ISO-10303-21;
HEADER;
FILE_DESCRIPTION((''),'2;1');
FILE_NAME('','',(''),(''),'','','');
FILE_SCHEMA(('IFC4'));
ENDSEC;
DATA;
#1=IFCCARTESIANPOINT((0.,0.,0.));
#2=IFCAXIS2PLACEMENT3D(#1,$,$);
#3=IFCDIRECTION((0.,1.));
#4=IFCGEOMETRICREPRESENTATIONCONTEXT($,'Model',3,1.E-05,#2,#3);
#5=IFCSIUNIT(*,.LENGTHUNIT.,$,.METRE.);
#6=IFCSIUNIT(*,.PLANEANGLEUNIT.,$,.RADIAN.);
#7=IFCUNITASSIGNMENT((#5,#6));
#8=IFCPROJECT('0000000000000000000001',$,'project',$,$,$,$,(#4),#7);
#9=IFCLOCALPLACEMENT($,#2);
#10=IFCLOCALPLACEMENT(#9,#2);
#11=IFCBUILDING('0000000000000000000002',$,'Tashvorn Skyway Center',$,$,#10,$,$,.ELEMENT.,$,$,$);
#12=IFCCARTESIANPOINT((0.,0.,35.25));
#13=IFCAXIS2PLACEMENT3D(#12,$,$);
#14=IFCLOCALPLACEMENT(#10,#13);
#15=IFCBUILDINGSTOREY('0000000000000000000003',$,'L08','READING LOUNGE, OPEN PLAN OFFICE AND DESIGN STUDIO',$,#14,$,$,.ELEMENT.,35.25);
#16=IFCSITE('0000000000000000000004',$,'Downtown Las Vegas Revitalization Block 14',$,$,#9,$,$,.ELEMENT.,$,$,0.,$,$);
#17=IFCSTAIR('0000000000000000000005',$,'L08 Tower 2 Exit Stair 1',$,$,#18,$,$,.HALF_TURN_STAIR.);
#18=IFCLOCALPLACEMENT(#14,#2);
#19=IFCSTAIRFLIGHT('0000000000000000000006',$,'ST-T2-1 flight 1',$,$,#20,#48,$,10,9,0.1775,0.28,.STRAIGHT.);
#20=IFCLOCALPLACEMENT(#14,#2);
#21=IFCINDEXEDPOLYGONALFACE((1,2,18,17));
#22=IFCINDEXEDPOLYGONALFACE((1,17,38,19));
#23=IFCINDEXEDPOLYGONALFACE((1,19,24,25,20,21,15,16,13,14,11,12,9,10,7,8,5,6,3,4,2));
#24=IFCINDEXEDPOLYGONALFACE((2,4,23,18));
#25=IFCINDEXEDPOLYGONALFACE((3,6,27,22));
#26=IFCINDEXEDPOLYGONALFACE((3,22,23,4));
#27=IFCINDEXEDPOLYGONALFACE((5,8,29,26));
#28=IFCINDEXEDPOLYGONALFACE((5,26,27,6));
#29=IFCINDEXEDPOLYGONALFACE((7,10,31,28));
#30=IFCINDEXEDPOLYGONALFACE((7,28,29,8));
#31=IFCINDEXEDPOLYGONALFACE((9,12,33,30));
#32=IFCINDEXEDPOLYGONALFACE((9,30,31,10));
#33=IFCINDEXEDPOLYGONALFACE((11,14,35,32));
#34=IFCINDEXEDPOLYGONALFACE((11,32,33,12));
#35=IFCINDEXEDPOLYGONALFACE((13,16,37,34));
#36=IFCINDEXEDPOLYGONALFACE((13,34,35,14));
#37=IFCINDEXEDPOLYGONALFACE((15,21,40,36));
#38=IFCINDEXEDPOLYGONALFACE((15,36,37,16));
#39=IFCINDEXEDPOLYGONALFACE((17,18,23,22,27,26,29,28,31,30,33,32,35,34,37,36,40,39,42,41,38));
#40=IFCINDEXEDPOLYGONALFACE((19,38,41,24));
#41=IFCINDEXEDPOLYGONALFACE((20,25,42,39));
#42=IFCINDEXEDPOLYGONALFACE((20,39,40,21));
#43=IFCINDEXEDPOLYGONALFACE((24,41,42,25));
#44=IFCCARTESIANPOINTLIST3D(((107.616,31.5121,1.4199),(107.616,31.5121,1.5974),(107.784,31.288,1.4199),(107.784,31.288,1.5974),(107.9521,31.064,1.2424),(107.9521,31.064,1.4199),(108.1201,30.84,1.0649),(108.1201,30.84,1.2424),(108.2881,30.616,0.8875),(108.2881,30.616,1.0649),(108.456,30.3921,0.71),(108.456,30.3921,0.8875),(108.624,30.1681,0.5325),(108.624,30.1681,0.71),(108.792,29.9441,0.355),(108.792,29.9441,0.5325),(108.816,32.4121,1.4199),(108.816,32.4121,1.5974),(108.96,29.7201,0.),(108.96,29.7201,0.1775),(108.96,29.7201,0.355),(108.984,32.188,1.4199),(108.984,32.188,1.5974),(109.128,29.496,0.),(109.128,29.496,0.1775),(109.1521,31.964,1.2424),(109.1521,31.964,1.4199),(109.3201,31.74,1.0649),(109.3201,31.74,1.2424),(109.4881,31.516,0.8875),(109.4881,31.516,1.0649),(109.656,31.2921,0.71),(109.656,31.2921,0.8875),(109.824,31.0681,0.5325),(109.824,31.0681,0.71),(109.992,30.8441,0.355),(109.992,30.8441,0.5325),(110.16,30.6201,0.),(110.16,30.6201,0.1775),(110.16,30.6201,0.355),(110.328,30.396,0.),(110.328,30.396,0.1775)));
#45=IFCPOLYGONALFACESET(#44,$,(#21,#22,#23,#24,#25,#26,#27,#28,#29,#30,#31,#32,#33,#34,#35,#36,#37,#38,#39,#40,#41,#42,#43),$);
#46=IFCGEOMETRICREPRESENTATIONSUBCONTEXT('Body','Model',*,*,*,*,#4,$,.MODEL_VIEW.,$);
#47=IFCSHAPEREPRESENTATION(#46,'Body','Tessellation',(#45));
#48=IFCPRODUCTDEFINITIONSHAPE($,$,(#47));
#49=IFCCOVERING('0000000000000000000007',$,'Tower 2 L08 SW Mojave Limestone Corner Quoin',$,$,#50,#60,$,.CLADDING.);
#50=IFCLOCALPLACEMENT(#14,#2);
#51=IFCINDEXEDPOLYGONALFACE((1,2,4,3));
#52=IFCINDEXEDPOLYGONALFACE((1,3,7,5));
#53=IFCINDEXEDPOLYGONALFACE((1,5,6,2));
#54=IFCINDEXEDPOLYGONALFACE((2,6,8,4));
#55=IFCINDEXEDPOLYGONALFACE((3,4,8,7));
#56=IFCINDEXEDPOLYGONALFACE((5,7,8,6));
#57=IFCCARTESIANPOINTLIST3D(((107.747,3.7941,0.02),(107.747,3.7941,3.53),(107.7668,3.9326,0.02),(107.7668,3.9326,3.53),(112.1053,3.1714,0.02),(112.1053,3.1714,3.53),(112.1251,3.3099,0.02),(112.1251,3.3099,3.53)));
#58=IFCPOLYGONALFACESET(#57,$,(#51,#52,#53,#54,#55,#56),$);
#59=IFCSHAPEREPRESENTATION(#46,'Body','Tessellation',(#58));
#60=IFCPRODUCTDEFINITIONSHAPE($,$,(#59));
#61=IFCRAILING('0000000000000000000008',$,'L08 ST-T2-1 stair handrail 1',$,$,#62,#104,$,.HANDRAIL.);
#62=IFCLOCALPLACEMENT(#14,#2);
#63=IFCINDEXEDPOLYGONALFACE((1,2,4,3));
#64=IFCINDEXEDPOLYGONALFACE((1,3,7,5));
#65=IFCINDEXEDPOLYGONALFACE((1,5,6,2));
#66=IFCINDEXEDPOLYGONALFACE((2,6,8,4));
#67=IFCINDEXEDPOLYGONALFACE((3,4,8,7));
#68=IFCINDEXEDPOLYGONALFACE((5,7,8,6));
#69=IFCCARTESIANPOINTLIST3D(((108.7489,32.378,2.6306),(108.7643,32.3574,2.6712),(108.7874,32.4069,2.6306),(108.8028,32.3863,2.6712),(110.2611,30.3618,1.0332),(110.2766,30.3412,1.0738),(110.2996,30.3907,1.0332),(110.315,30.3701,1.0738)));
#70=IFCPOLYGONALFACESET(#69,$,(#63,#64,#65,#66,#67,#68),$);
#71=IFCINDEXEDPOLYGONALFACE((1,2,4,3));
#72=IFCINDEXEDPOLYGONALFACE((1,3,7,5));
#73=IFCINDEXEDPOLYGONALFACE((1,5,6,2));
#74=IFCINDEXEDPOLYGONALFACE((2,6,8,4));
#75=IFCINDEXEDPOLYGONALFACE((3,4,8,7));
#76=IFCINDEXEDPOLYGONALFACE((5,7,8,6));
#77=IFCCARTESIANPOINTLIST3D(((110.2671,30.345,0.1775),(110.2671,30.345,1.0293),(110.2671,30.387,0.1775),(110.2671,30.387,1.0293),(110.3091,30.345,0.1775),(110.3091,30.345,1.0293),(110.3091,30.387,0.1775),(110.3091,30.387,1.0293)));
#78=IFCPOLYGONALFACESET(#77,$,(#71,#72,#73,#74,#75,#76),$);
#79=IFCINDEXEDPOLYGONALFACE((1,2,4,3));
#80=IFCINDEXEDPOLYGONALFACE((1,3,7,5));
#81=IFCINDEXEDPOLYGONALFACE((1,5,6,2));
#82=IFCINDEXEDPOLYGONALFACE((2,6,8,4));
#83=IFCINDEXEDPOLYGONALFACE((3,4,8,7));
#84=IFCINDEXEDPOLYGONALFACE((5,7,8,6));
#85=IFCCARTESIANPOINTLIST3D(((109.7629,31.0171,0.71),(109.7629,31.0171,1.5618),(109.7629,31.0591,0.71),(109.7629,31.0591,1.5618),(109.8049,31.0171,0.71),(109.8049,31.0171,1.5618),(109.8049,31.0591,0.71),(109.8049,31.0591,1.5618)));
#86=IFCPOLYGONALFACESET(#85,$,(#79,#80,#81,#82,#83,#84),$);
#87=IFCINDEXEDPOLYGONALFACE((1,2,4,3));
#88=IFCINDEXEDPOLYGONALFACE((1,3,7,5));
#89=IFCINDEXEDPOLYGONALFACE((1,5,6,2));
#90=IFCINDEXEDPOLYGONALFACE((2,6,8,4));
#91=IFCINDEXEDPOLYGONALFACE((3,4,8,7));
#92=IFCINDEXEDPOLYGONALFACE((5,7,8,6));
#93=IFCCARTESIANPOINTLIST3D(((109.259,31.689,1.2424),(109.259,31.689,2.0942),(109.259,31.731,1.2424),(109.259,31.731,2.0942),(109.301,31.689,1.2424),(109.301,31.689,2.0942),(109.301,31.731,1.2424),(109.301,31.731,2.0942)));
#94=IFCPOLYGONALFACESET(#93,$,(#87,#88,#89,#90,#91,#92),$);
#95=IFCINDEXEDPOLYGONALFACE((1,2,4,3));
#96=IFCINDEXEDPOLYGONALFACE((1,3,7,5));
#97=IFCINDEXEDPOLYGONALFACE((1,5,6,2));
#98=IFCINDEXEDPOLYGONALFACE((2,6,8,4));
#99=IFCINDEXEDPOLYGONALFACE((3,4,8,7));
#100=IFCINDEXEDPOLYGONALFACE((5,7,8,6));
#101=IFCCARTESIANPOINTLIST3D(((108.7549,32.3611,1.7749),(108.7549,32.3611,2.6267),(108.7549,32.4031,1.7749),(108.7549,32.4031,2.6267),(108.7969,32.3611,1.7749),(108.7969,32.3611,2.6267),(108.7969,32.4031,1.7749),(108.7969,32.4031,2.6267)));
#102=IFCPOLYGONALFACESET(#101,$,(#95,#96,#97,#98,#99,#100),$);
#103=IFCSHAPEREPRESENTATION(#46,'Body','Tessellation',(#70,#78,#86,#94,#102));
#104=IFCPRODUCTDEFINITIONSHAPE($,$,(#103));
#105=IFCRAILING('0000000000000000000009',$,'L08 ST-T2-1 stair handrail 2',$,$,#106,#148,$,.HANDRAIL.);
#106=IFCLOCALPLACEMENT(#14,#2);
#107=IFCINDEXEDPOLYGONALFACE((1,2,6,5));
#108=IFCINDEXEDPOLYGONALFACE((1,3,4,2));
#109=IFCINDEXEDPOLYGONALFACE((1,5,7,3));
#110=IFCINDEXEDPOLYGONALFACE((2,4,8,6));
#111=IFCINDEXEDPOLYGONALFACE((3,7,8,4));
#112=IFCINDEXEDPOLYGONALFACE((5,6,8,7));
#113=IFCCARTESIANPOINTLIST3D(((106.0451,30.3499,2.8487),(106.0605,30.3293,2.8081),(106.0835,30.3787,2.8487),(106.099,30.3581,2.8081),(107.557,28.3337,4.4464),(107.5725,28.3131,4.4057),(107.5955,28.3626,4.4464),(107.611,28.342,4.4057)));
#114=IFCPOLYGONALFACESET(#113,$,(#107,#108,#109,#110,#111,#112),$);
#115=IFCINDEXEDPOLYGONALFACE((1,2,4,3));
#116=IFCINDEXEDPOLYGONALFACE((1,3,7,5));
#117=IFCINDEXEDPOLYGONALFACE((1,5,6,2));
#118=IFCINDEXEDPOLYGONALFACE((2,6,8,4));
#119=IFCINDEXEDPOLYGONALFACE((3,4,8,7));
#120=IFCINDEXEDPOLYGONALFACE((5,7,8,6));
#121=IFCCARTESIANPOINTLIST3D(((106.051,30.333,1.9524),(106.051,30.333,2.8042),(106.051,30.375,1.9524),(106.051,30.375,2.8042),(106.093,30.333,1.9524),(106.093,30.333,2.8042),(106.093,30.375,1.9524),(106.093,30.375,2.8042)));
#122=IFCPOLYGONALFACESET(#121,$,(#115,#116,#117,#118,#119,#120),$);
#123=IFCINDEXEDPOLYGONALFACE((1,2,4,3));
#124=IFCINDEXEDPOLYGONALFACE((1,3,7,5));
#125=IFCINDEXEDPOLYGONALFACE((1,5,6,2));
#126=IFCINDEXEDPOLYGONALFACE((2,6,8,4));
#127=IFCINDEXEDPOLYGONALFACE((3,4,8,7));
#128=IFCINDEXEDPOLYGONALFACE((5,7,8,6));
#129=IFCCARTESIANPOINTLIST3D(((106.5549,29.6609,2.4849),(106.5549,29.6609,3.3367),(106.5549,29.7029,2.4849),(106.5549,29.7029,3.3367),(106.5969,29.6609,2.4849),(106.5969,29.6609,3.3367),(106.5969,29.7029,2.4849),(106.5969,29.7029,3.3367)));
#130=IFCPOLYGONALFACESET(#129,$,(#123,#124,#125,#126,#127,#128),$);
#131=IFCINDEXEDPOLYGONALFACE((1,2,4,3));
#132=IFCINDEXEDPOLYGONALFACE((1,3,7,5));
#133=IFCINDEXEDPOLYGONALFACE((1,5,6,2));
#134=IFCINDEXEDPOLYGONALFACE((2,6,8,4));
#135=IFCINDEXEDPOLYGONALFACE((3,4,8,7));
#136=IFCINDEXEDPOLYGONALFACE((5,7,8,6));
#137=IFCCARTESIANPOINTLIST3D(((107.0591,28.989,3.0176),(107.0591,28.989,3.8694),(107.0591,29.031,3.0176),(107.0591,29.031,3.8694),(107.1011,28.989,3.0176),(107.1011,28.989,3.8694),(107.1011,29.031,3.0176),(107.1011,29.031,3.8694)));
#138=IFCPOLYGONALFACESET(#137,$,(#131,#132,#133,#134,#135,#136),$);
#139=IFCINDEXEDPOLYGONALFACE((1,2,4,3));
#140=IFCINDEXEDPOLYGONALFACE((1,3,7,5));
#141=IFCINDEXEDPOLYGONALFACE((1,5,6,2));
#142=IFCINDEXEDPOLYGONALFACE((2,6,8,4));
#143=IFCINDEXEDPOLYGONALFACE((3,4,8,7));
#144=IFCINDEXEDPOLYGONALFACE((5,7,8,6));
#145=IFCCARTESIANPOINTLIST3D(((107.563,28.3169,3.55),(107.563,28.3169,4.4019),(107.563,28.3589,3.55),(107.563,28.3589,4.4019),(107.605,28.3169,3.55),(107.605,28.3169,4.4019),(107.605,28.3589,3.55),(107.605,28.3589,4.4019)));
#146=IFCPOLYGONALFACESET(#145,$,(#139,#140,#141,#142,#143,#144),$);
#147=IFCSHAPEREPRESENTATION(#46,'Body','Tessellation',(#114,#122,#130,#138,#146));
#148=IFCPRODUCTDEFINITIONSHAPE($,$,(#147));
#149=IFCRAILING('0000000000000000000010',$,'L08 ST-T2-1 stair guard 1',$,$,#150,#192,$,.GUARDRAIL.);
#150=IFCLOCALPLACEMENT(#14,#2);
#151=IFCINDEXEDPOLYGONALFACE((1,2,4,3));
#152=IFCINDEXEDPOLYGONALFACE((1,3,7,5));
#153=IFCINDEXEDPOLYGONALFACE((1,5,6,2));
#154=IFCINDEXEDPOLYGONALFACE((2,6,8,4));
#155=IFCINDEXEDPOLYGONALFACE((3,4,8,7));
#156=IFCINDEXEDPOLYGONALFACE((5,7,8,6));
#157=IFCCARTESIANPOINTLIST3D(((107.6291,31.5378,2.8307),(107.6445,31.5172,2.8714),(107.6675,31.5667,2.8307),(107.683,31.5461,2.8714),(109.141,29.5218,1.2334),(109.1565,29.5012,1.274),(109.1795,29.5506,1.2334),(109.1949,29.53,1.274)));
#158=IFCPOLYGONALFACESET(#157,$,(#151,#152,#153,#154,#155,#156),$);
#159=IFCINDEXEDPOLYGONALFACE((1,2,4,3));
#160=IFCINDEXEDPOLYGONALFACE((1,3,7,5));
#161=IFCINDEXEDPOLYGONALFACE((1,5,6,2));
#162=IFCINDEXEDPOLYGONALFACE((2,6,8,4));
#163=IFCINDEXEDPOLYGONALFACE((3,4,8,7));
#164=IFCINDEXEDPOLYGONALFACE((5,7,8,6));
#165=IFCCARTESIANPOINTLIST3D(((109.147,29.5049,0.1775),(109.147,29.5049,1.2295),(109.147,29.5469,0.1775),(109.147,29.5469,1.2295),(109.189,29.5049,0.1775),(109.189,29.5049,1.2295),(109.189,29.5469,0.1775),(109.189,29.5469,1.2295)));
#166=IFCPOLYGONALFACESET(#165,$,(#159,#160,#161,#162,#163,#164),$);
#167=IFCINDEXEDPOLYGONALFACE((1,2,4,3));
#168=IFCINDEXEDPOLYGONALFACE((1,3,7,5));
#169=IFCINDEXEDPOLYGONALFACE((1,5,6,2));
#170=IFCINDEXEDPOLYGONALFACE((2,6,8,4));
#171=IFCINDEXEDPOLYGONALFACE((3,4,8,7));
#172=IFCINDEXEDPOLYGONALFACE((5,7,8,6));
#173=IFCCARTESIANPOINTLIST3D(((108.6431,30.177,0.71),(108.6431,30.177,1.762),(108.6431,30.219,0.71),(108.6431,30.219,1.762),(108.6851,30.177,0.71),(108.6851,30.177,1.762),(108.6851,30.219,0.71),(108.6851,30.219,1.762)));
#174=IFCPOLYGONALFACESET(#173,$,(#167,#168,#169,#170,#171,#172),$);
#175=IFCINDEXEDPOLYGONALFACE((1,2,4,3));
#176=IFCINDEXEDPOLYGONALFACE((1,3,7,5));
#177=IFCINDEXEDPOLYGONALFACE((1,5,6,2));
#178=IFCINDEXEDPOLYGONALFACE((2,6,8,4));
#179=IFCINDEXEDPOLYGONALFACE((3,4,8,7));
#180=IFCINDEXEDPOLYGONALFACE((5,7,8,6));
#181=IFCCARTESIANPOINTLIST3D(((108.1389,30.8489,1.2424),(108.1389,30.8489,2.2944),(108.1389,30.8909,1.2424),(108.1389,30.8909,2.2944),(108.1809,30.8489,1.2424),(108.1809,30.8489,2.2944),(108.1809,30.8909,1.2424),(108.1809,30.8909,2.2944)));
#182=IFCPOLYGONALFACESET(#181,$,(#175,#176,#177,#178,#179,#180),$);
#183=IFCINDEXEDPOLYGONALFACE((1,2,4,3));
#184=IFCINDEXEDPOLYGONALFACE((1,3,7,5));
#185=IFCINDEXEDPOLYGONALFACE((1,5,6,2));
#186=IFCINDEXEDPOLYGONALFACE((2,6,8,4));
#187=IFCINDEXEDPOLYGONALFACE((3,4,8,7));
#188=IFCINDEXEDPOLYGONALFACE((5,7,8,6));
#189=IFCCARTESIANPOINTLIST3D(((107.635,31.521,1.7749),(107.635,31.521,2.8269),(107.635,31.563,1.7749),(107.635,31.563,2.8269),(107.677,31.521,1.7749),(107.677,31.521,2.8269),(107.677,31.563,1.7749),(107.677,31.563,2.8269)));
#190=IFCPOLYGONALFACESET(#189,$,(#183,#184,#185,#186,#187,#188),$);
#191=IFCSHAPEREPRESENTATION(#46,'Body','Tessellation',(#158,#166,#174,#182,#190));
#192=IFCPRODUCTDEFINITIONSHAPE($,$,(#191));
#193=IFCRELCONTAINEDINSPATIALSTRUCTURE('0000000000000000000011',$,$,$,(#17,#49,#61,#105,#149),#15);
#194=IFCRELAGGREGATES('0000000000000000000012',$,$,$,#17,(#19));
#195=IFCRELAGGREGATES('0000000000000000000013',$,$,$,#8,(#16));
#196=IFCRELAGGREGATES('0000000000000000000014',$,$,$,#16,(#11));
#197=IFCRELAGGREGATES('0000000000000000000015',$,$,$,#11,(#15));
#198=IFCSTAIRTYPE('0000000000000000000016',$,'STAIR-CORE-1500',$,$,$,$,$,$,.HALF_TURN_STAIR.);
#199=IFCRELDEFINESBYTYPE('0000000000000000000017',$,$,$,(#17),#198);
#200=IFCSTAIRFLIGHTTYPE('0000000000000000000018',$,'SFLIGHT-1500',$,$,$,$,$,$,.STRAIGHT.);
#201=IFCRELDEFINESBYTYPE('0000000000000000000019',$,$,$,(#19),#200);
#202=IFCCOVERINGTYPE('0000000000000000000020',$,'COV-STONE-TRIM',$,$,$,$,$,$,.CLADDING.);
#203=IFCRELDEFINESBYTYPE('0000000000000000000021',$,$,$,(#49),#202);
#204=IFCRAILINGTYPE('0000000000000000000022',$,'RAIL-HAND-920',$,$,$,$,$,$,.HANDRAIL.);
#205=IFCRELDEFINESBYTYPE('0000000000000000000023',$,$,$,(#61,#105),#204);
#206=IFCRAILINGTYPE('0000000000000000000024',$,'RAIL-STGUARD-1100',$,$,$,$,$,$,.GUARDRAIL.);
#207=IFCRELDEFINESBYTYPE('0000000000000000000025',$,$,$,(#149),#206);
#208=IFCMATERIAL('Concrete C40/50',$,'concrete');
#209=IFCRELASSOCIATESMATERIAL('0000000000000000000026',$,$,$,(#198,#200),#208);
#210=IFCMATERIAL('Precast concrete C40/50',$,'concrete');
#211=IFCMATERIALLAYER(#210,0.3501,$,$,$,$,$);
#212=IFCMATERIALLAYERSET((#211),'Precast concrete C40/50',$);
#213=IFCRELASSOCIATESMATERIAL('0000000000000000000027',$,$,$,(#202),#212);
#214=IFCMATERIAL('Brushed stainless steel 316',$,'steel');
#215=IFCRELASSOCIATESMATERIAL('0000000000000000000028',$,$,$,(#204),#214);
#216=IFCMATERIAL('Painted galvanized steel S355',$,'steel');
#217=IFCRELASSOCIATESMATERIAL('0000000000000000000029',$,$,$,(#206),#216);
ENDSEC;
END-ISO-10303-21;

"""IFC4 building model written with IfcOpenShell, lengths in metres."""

from ifc_helpers import new_model, si_unit, direction, frame, origin, origin_2d, place, context, subcontext, project, spatial, polyline, rectangle, outline, extrude, material, layer, layer_set, type_object, element, aggregate, save


model = new_model("IFC4")

# Units and contexts
model_context = context("Model", 3, precision=1e-05, world=origin(), true_north=direction((0.0, 1.0)))
body_context = subcontext(model_context, "Body", "Model", "MODEL_VIEW")
ifc_project = project(units=[si_unit("LENGTHUNIT", "METRE"), si_unit("PLANEANGLEUNIT", "RADIAN")], contexts=[model_context])

# Site, building, storey
site_placement = place(None, origin())
site = spatial("IfcSite", under=ifc_project, at=site_placement, Name="Downtown Las Vegas Revitalization Block 14", CompositionType="ELEMENT", RefElevation=0.0)
building_placement = place(site_placement, origin())
building = spatial("IfcBuilding", under=site, at=building_placement, Name="Tashvorn Skyway Center", CompositionType="ELEMENT")
storey_placement = place(building_placement, frame((0.0, 0.0, 35.25)))
storey = spatial("IfcBuildingStorey", under=building, at=storey_placement, Name="L08", Description="READING LOUNGE, OPEN PLAN OFFICE AND DESIGN STUDIO", CompositionType="ELEMENT", Elevation=35.25)

# Shared definitions
ifc_material_1 = material(Name="Precast concrete C40/50", Category="concrete")

# Shared definitions
ifc_material_2 = material(Name="Concrete C40/50", Category="concrete")

# Stair, stair flight
stair_type = type_object("IfcStairType", Name="STAIR-CORE-1500", PredefinedType="HALF_TURN_STAIR", material=ifc_material_2)
stair_placement = place(storey_placement, origin())
stair = element("IfcStair", 1, at=stair_placement, inside=storey, type_object=stair_type, Name="L08 Tower 2 Exit Stair 1", PredefinedType="HALF_TURN_STAIR")
stair_flight_type = type_object("IfcStairFlightType", Name="SFLIGHT-1500", PredefinedType="STRAIGHT", material=ifc_material_2)
stair_flight_placement = place(storey_placement, frame((109.728, 29.946, 0.0), z_axis=(0.0, 0.0, 1.0), x_axis=(-0.6, 0.8, 0.0)))
stair_flight = element("IfcStairFlight", 2, at=stair_flight_placement, type_object=stair_flight_type, Name="ST-T2-1 flight 1", NumberOfRisers=10, NumberOfTreads=9, PredefinedType="STRAIGHT", RiserHeight=0.1775, TreadLength=0.28, context=body_context, shape_type="SweptSolid", body=[
    extrude(outline(polyline([(0.0, 0.0), (0.0, 0.1775), (0.28, 0.1775), (0.28, 0.355), (0.5601, 0.355), (0.5601, 0.5325), (0.8401, 0.5325), (0.8401, 0.71), (1.1201, 0.71), (1.1201, 0.8875), (1.3999, 0.8875), (1.3999, 1.0649), (1.6799, 1.0649), (1.6799, 1.2424), (1.96, 1.2424), (1.96, 1.4199), (2.24, 1.4199), (2.24, 1.5974), (2.52, 1.5974), (2.52, 1.7749), (2.52, 1.4199), (0.28, 0.0), (0.0, 0.0)])), frame((0.0, 0.75, 0.0), z_axis=(0.0, -1.0, 0.0), x_axis=(1.0, 0.0, 0.0)), (0.0, 0.0, 1.0), 1.5),
])
aggregate(stair, [stair_flight])

# Covering
ifc_layer_1 = layer(ifc_material_1, 0.3501)
ifc_layer_set_1 = layer_set([ifc_layer_1], Name="Precast concrete C40/50")
covering_type = type_object("IfcCoveringType", Name="COV-STONE-TRIM", PredefinedType="CLADDING", material=ifc_layer_set_1)
covering_placement = place(storey_placement, frame((109.936, 3.552, 0.02), z_axis=(0.0, 0.0, 1.0), x_axis=(-0.989949, 0.141421, 0.0)))
element("IfcCovering", 3, at=covering_placement, inside=storey, type_object=covering_type, Name="Tower 2 L08 SW Mojave Limestone Corner Quoin", PredefinedType="CLADDING", context=body_context, shape_type="SweptSolid", body=[
    extrude(rectangle(XDim=4.4026, YDim=0.1399, at=origin_2d()), origin(), (0.0, 0.0, 1.0), 3.51),
])

# Railings
ifc_material_3 = material(Name="Brushed stainless steel 316", Category="steel")
railing_type_1 = type_object("IfcRailingType", Name="RAIL-HAND-920", PredefinedType="HANDRAIL", material=ifc_material_3)
railing_1_placement = place(storey_placement, frame((110.2881, 30.366, 0.1775)))
element("IfcRailing", 4, at=railing_1_placement, inside=storey, type_object=railing_type_1, Name="L08 ST-T2-1 stair handrail 1", PredefinedType="HANDRAIL", context=body_context, shape_type="SweptSolid", body=[
    extrude(rectangle(XDim=0.0481, YDim=0.0481, at=origin_2d()), frame((0.0, 0.0, 0.876), z_axis=(-0.506802, 0.675681, 0.535357), x_axis=(-0.799977, -0.600031, 0.0)), (0.0, 0.0, 1.0), 2.9839),
    extrude(rectangle(XDim=0.042, YDim=0.042, at=origin_2d()), origin(), (0.0, 0.0, 1.0), 0.8518),
    extrude(rectangle(XDim=0.042, YDim=0.042, at=origin_2d()), frame((-0.5042, 0.6721, 0.5325)), (0.0, 0.0, 1.0), 0.8518),
    extrude(rectangle(XDim=0.042, YDim=0.042, at=origin_2d()), frame((-1.0081, 1.344, 1.0649)), (0.0, 0.0, 1.0), 0.8518),
    extrude(rectangle(XDim=0.042, YDim=0.042, at=origin_2d()), frame((-1.5122, 2.0161, 1.5974)), (0.0, 0.0, 1.0), 0.8518),
])
railing_2_placement = place(storey_placement, frame((106.072, 30.354, 1.9524)))
element("IfcRailing", 5, at=railing_2_placement, inside=storey, type_object=railing_type_1, Name="L08 ST-T2-1 stair handrail 2", PredefinedType="HANDRAIL", context=body_context, shape_type="SweptSolid", body=[
    extrude(rectangle(XDim=0.0481, YDim=0.0481, at=origin_2d()), frame((0.0, 0.0, 0.876), z_axis=(0.506719, -0.675679, 0.535438), x_axis=(0.800023, 0.599969, 0.0)), (0.0, 0.0, 1.0), 2.9839),
    extrude(rectangle(XDim=0.042, YDim=0.042, at=origin_2d()), origin(), (0.0, 0.0, 1.0), 0.8518),
    extrude(rectangle(XDim=0.042, YDim=0.042, at=origin_2d()), frame((0.5039, -0.6721, 0.5325)), (0.0, 0.0, 1.0), 0.8518),
    extrude(rectangle(XDim=0.042, YDim=0.042, at=origin_2d()), frame((1.0081, -1.344, 1.0652)), (0.0, 0.0, 1.0), 0.8518),
    extrude(rectangle(XDim=0.042, YDim=0.042, at=origin_2d()), frame((1.512, -2.0161, 1.5977)), (0.0, 0.0, 1.0), 0.8518),
])
ifc_material_4 = material(Name="Painted galvanized steel S355", Category="steel")
railing_type_2 = type_object("IfcRailingType", Name="RAIL-STGUARD-1100", PredefinedType="GUARDRAIL", material=ifc_material_4)
railing_3_placement = place(storey_placement, frame((109.168, 29.5259, 0.1775)))
element("IfcRailing", 6, at=railing_3_placement, inside=storey, type_object=railing_type_2, Name="L08 ST-T2-1 stair guard 1", PredefinedType="GUARDRAIL", context=body_context, shape_type="SweptSolid", body=[
    extrude(rectangle(XDim=0.0481, YDim=0.0481, at=origin_2d()), frame((0.0, 0.0, 1.0762), z_axis=(-0.506741, 0.675709, 0.535379), x_axis=(-0.800023, -0.599969, 0.0)), (0.0, 0.0, 1.0), 2.9836),
    extrude(rectangle(XDim=0.042, YDim=0.042, at=origin_2d()), origin(), (0.0, 0.0, 1.0), 1.052),
    extrude(rectangle(XDim=0.042, YDim=0.042, at=origin_2d()), frame((-0.5039, 0.6721, 0.5325)), (0.0, 0.0, 1.0), 1.052),
    extrude(rectangle(XDim=0.042, YDim=0.042, at=origin_2d()), frame((-1.0081, 1.344, 1.0649)), (0.0, 0.0, 1.0), 1.052),
    extrude(rectangle(XDim=0.042, YDim=0.042, at=origin_2d()), frame((-1.512, 2.0161, 1.5974)), (0.0, 0.0, 1.0), 1.052),
])

save(model, "model.ifc")
